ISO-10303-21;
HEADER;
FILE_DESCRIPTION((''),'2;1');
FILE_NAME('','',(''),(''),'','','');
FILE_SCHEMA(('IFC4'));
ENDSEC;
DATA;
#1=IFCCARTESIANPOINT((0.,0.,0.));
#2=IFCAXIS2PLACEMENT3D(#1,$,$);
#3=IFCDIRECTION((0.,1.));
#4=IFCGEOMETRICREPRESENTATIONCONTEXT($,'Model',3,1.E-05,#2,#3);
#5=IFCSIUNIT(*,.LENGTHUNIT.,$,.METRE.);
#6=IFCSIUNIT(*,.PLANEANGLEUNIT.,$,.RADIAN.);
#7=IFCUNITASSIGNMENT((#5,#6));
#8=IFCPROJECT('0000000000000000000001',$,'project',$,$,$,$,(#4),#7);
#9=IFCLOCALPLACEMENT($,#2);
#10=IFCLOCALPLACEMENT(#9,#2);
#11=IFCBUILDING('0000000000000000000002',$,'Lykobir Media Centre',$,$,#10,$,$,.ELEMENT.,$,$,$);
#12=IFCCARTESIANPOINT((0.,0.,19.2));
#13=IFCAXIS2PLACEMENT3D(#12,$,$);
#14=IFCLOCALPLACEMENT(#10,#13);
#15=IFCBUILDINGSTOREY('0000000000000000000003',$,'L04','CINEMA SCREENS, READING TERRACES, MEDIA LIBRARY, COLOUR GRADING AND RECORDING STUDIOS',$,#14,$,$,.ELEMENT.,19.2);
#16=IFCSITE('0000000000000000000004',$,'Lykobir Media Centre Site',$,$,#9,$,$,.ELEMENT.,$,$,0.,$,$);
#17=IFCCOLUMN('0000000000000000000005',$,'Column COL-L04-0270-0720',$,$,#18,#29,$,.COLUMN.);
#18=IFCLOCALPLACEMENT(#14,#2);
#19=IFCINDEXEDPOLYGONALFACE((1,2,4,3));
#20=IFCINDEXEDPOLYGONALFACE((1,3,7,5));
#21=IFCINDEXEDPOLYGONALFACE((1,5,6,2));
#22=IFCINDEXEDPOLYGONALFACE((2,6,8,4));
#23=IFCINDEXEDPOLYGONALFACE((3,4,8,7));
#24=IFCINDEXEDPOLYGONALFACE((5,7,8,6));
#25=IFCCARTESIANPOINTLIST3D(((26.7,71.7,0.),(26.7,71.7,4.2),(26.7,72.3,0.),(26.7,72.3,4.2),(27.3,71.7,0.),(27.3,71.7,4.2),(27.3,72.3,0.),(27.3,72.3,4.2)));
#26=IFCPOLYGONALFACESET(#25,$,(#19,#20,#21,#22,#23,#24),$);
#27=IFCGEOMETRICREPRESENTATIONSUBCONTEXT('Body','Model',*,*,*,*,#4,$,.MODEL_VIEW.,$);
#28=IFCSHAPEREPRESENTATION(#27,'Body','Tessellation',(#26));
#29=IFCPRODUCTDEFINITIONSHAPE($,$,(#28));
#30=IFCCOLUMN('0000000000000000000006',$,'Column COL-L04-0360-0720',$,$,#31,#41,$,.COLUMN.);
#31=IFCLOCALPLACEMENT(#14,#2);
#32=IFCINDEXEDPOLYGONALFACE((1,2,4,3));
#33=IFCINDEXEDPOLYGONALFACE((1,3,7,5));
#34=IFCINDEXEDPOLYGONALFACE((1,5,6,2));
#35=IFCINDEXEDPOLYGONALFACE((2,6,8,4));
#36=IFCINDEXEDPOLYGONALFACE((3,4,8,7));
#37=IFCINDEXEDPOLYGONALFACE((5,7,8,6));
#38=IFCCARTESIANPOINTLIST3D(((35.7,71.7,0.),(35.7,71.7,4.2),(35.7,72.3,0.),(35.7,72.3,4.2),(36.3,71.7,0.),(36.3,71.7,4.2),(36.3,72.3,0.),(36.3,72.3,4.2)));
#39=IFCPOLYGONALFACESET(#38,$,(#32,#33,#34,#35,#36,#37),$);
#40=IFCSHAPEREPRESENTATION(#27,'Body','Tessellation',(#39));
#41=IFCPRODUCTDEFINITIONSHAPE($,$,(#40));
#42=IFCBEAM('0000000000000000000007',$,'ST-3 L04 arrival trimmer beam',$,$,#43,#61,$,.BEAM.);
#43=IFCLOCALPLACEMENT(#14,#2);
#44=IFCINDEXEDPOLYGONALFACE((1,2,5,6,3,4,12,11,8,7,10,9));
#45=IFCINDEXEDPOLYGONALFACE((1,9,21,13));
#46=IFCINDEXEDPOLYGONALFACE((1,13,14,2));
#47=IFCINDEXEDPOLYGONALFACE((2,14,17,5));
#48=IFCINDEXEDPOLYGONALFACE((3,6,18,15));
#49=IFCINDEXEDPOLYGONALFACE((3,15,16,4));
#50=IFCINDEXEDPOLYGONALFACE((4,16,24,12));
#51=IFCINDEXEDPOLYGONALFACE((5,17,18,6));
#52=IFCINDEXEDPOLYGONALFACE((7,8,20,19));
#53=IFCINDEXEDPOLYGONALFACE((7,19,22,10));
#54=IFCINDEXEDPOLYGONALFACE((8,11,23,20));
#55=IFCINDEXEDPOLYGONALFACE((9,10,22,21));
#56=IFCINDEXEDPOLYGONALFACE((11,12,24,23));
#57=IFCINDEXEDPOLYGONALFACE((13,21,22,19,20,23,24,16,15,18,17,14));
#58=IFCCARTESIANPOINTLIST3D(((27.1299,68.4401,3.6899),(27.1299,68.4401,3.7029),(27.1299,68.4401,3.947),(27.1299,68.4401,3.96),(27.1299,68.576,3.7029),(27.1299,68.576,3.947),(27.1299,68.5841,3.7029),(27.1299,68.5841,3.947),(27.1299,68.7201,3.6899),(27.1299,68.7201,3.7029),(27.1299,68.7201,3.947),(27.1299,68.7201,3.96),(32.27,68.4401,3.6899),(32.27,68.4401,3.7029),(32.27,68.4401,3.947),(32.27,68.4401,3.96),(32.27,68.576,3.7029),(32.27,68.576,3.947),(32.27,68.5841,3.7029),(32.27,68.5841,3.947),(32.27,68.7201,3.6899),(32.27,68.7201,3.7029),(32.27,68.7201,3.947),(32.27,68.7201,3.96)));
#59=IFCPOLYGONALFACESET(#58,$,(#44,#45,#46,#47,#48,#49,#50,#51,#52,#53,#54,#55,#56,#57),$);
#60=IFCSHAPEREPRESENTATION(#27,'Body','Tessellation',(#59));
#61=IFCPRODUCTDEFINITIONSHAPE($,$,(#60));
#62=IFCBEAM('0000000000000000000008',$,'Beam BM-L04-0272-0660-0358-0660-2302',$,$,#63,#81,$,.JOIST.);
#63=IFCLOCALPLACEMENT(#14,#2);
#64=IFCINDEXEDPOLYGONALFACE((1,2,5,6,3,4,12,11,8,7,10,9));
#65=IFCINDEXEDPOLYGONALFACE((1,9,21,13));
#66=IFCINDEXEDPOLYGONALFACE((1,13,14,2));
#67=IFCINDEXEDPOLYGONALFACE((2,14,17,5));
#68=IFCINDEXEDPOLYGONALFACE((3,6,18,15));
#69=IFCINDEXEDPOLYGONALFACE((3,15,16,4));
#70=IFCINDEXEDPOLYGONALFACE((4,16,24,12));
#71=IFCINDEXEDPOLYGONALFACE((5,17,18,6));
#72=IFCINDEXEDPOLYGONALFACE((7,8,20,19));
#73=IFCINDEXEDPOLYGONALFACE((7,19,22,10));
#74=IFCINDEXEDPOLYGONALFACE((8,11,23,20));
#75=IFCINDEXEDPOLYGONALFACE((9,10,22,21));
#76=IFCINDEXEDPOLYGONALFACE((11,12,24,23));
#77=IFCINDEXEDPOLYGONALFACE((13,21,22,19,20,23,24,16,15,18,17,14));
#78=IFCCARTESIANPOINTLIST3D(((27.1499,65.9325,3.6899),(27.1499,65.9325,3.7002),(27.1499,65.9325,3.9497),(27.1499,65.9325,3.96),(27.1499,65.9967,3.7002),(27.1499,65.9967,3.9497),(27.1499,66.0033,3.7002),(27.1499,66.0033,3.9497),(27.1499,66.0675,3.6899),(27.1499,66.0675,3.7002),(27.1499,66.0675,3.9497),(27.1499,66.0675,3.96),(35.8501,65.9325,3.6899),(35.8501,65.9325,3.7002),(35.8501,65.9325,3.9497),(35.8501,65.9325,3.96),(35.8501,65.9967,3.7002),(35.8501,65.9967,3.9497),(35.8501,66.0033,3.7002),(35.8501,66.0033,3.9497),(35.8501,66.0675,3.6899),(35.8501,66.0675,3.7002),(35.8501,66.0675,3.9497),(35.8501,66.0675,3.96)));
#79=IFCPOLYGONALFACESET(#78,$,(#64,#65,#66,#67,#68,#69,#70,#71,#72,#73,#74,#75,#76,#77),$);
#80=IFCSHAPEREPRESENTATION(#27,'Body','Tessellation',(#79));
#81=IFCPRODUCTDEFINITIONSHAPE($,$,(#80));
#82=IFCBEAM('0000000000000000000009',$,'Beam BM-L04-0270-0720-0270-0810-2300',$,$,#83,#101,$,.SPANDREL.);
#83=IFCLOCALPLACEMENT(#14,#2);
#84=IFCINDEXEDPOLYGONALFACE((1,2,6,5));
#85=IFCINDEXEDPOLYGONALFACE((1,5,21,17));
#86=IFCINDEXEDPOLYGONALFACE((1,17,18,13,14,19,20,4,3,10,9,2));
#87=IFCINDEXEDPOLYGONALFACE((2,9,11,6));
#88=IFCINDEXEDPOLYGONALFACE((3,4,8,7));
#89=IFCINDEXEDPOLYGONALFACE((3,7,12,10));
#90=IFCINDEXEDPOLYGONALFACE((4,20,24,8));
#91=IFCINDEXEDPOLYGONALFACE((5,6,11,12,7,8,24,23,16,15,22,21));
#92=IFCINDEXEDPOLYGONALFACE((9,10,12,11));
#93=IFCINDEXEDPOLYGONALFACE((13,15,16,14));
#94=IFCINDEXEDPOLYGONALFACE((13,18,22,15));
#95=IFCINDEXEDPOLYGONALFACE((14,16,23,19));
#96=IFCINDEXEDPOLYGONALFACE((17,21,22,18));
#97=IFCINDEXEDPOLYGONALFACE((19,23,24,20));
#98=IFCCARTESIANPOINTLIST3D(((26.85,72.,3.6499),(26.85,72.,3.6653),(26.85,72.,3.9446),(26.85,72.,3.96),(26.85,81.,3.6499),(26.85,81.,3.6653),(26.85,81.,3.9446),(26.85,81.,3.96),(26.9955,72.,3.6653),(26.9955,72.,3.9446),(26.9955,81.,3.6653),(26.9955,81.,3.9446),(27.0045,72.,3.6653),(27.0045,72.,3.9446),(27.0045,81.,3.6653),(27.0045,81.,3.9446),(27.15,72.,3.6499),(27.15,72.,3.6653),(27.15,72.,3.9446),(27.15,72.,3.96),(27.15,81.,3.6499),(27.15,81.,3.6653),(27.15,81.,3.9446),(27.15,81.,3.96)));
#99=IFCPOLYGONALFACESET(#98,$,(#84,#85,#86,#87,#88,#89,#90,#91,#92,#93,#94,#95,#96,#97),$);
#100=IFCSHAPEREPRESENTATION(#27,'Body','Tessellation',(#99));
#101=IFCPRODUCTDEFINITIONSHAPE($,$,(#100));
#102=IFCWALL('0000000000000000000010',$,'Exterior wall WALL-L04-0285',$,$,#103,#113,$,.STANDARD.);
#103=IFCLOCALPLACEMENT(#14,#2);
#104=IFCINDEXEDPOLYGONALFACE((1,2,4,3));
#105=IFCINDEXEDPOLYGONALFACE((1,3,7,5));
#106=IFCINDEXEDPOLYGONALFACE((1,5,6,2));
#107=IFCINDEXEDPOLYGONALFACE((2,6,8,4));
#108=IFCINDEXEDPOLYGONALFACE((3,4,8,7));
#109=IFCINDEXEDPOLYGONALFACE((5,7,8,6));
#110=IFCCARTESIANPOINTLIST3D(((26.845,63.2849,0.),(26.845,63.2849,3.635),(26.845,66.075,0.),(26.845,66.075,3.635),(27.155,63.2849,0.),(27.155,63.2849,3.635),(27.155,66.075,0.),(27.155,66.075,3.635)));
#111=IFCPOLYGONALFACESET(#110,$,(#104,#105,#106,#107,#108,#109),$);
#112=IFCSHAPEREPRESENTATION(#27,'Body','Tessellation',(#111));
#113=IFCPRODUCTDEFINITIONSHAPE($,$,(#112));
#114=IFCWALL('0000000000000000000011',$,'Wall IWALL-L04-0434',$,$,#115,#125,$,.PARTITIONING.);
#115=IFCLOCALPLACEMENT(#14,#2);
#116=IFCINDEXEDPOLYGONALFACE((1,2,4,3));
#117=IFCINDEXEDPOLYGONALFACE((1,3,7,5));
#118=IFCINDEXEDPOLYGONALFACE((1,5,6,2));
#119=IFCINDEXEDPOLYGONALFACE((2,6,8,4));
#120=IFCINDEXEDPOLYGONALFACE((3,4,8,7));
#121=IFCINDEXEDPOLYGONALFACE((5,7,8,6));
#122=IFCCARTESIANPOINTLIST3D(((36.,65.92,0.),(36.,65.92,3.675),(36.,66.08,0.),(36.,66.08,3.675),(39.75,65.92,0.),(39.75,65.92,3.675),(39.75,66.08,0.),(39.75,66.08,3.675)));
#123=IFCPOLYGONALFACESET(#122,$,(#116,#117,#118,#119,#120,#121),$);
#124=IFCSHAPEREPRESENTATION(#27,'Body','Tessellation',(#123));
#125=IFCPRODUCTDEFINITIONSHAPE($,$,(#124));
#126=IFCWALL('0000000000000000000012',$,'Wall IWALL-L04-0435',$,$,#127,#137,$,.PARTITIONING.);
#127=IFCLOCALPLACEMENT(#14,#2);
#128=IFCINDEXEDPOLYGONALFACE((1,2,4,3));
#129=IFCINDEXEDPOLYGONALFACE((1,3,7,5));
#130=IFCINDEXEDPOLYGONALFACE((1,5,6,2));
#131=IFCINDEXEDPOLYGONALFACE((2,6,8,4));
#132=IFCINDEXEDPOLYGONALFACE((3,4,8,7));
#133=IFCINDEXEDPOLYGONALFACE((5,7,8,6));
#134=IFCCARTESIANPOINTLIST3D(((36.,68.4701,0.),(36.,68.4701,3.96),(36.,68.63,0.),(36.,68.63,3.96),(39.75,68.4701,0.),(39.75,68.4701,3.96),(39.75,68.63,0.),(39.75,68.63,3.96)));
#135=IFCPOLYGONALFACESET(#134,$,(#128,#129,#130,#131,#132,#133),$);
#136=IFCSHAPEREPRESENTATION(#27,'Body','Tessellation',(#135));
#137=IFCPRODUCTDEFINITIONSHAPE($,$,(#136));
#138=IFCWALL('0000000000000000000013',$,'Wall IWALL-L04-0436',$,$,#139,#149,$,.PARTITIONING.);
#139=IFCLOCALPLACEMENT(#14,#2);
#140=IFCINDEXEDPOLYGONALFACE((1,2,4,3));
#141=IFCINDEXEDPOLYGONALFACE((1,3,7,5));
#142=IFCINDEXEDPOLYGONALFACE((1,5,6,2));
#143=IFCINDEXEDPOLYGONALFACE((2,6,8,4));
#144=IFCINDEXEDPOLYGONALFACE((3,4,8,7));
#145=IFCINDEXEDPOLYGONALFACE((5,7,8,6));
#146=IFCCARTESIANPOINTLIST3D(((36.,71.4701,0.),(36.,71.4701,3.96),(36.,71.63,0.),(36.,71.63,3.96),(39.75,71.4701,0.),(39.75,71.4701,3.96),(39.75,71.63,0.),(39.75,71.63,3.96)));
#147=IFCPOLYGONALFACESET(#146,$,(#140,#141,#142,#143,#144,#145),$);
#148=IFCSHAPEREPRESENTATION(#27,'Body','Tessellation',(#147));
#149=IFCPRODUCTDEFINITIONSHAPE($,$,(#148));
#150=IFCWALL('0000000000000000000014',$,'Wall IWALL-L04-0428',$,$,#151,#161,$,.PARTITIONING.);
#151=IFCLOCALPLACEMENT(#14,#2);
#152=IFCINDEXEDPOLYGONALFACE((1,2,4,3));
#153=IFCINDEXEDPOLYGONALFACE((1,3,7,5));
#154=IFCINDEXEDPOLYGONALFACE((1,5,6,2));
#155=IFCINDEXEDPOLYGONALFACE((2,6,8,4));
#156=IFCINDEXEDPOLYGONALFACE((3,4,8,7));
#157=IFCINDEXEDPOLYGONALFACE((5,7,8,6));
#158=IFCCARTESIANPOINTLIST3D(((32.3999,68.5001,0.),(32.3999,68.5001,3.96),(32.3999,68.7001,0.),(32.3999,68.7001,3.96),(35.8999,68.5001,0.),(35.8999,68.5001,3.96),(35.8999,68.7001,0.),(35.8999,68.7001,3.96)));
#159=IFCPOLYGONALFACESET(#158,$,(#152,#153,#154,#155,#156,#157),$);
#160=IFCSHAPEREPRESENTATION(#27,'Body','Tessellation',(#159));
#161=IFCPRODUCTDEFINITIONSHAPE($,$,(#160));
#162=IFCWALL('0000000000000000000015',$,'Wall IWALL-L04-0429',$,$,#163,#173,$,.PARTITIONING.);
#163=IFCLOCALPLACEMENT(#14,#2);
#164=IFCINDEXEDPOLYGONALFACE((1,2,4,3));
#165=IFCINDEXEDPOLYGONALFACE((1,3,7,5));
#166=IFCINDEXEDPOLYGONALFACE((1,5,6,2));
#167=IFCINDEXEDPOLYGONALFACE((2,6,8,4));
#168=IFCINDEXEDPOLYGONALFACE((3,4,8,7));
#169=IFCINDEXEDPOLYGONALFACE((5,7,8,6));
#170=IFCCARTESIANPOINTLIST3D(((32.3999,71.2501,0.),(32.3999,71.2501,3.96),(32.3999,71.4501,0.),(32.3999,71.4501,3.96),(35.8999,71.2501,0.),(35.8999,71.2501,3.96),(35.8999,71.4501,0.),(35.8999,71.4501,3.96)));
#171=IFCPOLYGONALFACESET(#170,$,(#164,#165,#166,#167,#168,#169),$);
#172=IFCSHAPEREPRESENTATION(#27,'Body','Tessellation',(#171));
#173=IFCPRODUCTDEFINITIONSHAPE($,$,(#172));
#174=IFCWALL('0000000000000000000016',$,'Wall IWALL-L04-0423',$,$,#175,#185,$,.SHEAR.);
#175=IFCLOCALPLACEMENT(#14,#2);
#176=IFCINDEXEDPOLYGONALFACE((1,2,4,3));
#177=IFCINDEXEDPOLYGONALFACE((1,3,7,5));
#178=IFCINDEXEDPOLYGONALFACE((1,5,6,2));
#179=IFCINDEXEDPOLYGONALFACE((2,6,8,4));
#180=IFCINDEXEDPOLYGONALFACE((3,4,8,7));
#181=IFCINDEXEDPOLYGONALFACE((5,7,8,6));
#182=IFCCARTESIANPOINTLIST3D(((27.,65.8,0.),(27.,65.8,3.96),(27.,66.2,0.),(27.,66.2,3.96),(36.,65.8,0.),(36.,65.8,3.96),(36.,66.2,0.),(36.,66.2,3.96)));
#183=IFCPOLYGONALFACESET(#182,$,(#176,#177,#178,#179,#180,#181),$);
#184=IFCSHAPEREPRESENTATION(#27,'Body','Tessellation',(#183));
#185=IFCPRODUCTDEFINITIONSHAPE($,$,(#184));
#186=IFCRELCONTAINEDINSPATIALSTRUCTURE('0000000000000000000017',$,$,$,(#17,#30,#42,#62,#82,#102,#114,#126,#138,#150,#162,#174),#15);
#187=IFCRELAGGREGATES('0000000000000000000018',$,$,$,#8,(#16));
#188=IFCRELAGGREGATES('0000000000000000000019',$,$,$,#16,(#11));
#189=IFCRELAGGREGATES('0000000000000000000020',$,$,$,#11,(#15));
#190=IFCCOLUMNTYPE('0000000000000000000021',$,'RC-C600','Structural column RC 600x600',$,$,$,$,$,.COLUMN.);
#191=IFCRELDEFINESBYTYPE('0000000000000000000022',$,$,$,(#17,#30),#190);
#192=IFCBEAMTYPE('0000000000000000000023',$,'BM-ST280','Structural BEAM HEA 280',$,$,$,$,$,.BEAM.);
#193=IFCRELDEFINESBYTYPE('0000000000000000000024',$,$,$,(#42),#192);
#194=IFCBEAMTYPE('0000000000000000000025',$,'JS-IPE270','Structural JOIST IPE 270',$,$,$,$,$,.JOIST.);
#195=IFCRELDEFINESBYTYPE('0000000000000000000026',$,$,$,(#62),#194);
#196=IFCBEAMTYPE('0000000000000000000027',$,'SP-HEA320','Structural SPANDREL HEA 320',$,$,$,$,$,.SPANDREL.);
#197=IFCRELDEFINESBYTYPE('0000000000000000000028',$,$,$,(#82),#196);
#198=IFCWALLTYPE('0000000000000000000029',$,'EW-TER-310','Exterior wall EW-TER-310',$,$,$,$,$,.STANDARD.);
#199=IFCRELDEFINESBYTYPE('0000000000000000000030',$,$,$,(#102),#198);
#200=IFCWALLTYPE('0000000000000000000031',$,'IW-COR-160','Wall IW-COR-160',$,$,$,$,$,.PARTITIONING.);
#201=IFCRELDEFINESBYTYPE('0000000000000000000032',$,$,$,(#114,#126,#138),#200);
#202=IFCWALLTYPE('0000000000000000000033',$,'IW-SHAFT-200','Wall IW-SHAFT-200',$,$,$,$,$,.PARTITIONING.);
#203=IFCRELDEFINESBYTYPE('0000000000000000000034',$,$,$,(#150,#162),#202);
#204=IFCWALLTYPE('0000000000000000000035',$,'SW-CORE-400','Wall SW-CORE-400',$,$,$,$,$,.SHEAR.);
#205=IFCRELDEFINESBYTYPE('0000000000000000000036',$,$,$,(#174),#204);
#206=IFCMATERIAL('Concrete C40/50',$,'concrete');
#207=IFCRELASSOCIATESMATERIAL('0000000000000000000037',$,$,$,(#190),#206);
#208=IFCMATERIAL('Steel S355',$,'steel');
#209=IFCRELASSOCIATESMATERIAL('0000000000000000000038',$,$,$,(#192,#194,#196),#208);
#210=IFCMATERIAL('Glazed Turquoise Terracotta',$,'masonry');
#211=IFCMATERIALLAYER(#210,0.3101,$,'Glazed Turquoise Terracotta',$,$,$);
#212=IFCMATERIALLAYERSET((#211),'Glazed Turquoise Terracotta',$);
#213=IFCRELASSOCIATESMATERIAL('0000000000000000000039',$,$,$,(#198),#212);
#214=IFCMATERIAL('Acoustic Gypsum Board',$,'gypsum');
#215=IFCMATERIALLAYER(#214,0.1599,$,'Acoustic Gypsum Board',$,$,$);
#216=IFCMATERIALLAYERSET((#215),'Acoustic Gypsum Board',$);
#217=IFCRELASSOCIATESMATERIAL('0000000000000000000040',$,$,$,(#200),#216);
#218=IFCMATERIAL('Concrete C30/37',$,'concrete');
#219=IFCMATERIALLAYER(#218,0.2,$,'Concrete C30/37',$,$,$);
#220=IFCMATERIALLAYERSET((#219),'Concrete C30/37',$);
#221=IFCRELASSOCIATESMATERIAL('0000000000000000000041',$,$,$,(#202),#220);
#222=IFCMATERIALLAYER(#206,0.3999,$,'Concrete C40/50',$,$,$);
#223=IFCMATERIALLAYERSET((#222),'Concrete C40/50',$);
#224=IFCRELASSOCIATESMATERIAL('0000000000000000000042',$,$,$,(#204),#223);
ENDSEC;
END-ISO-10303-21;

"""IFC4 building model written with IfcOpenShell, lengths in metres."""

from ifc_helpers import new_model, si_unit, direction, frame, frame_2d, origin, origin_2d, place, context, subcontext, project, spatial, rectangle, i_section, extrude, material, layer, layer_set, material_profile, profile_set, type_object, element, save


model = new_model("IFC4")

# Units and contexts
model_context = context("Model", 3, precision=1e-05, world=origin(), true_north=direction((0.0, 1.0)))
body_context = subcontext(model_context, "Body", "Model", "MODEL_VIEW")
ifc_project = project(units=[si_unit("LENGTHUNIT", "METRE"), si_unit("PLANEANGLEUNIT", "RADIAN")], contexts=[model_context])

# Site, building, storey
site_placement = place(None, origin())
site = spatial("IfcSite", under=ifc_project, at=site_placement, Name="Lykobir Media Centre Site", CompositionType="ELEMENT", RefElevation=0.0)
building_placement = place(site_placement, origin())
building = spatial("IfcBuilding", under=site, at=building_placement, Name="Lykobir Media Centre", CompositionType="ELEMENT")
storey_placement = place(building_placement, frame((0.0, 0.0, 19.2)))
storey = spatial("IfcBuildingStorey", under=building, at=storey_placement, Name="L04", Description="CINEMA SCREENS, READING TERRACES, MEDIA LIBRARY, COLOUR GRADING AND RECORDING STUDIOS", CompositionType="ELEMENT", Elevation=19.2)

# Columns
ifc_material_1 = material(Name="Concrete C40/50", Category="concrete")
ifc_material_profile_1 = material_profile(ifc_material_1, rectangle(XDim=0.6001, YDim=0.6001, at=origin_2d()), Name="RC 600x600")
ifc_profile_set_1 = profile_set([ifc_material_profile_1], Name="Concrete C40/50")
column_type = type_object("IfcColumnType", Name="RC-C600", Description="Structural column RC 600x600", PredefinedType="COLUMN", material=ifc_profile_set_1)
for number, where, z_axis, x_axis, name in (
    (1, (27.0, 72.0, 0.0), (0.0, 0.0, 1.0), (1.0, 0.0, 0.0), "Column COL-L04-0270-0720"),
    (2, (36.0, 72.0, 0.0), (0.0, 0.0, 1.0), (1.0, 0.0, 0.0), "Column COL-L04-0360-0720"),
):
    element("IfcColumn", number, at=place(storey_placement, frame(where, z_axis=z_axis, x_axis=x_axis)), inside=storey, type_object=column_type, Name=name, PredefinedType="COLUMN", context=body_context, shape_type="SweptSolid", body=[
        extrude(rectangle(XDim=0.6001, YDim=0.6001, at=origin_2d()), origin(), (0.0, 0.0, 1.0), 4.2),
    ])

# Beams
ifc_material_2 = material(Name="Steel S355", Category="steel")
ifc_material_profile_2 = material_profile(ifc_material_2, i_section(OverallWidth=0.28, OverallDepth=0.27, WebThickness=0.0081, FlangeThickness=0.0129, at=origin_2d()), Name="HEA 280")
ifc_profile_set_2 = profile_set([ifc_material_profile_2], Name="Steel S355")
beam_type_1 = type_object("IfcBeamType", Name="BM-ST280", Description="Structural BEAM HEA 280", PredefinedType="BEAM", material=ifc_profile_set_2)
beam_1_placement = place(storey_placement, frame((27.1299, 68.5801, 3.825), z_axis=(1.0, 0.0, 0.0), x_axis=(0.0, 1.0, 0.0)))
element("IfcBeam", 3, at=beam_1_placement, inside=storey, type_object=beam_type_1, Name="ST-3 L04 arrival trimmer beam", PredefinedType="BEAM", context=body_context, shape_type="SweptSolid", body=[
    extrude(i_section(OverallWidth=0.28, OverallDepth=0.27, WebThickness=0.0081, FlangeThickness=0.0129, at=origin_2d()), origin(), (0.0, 0.0, 1.0), 5.1401),
])
ifc_material_profile_3 = material_profile(ifc_material_2, i_section(OverallWidth=0.135, OverallDepth=0.27, WebThickness=0.0066, FlangeThickness=0.0103, at=origin_2d()), Name="IPE 270")
ifc_profile_set_3 = profile_set([ifc_material_profile_3], Name="Steel S355")
beam_type_2 = type_object("IfcBeamType", Name="JS-IPE270", Description="Structural JOIST IPE 270", PredefinedType="JOIST", material=ifc_profile_set_3)
beam_2_placement = place(storey_placement, frame((27.1499, 66.0, 3.825), z_axis=(1.0, 0.0, 0.0), x_axis=(0.0, 1.0, 0.0)))
element("IfcBeam", 4, at=beam_2_placement, inside=storey, type_object=beam_type_2, Name="Beam BM-L04-0272-0660-0358-0660-2302", PredefinedType="JOIST", context=body_context, shape_type="SweptSolid", body=[
    extrude(i_section(OverallWidth=0.135, OverallDepth=0.27, WebThickness=0.0066, FlangeThickness=0.0103, at=origin_2d()), origin(), (0.0, 0.0, 1.0), 8.7002),
])
ifc_material_profile_4 = material_profile(ifc_material_2, i_section(OverallWidth=0.3, OverallDepth=0.3101, WebThickness=0.009, FlangeThickness=0.0154, at=origin_2d()), Name="HEA 320")
ifc_profile_set_4 = profile_set([ifc_material_profile_4], Name="Steel S355")
beam_type_3 = type_object("IfcBeamType", Name="SP-HEA320", Description="Structural SPANDREL HEA 320", PredefinedType="SPANDREL", material=ifc_profile_set_4)
beam_3_placement = place(storey_placement, frame((27.0, 72.0, 3.8049), z_axis=(0.0, 1.0, 0.0), x_axis=(-1.0, 0.0, 0.0)))
element("IfcBeam", 5, at=beam_3_placement, inside=storey, type_object=beam_type_3, Name="Beam BM-L04-0270-0720-0270-0810-2300", PredefinedType="SPANDREL", context=body_context, shape_type="SweptSolid", body=[
    extrude(i_section(OverallWidth=0.3, OverallDepth=0.3101, WebThickness=0.009, FlangeThickness=0.0154, at=origin_2d()), origin(), (0.0, 0.0, 1.0), 9.0),
])

# Walls
ifc_material_3 = material(Name="Glazed Turquoise Terracotta", Category="masonry")
ifc_layer_1 = layer(ifc_material_3, 0.3101, Name="Glazed Turquoise Terracotta")
ifc_layer_set_1 = layer_set([ifc_layer_1], Name="Glazed Turquoise Terracotta")
wall_type_1 = type_object("IfcWallType", Name="EW-TER-310", Description="Exterior wall EW-TER-310", PredefinedType="STANDARD", material=ifc_layer_set_1)
wall_1_placement = place(storey_placement, frame((27.0, 66.075, 0.0), z_axis=(0.0, 0.0, 1.0), x_axis=(0.0, -1.0, 0.0)))
element("IfcWall", 6, at=wall_1_placement, inside=storey, type_object=wall_type_1, Name="Exterior wall WALL-L04-0285", PredefinedType="STANDARD", context=body_context, shape_type="SweptSolid", body=[
    extrude(rectangle(XDim=2.79, YDim=0.3101, at=frame_2d((1.395, 0.0))), origin(), (0.0, 0.0, 1.0), 3.635),
])
ifc_material_4 = material(Name="Acoustic Gypsum Board", Category="gypsum")
ifc_layer_2 = layer(ifc_material_4, 0.1599, Name="Acoustic Gypsum Board")
ifc_layer_set_2 = layer_set([ifc_layer_2], Name="Acoustic Gypsum Board")
wall_type_2 = type_object("IfcWallType", Name="IW-COR-160", Description="Wall IW-COR-160", PredefinedType="PARTITIONING", material=ifc_layer_set_2)
wall_2_placement = place(storey_placement, frame((36.0, 66.0, 0.0), z_axis=(0.0, 0.0, 1.0), x_axis=(1.0, 0.0, 0.0)))
element("IfcWall", 7, at=wall_2_placement, inside=storey, type_object=wall_type_2, Name="Wall IWALL-L04-0434", PredefinedType="PARTITIONING", context=body_context, shape_type="SweptSolid", body=[
    extrude(rectangle(XDim=3.75, YDim=0.1599, at=frame_2d((1.875, 0.0))), origin(), (0.0, 0.0, 1.0), 3.675),
])
for number, where, z_axis, x_axis, name in (
    (8, (36.0, 68.55, 0.0), (0.0, 0.0, 1.0), (1.0, 0.0, 0.0), "Wall IWALL-L04-0435"),
    (9, (36.0, 71.55, 0.0), (0.0, 0.0, 1.0), (1.0, 0.0, 0.0), "Wall IWALL-L04-0436"),
):
    element("IfcWall", number, at=place(storey_placement, frame(where, z_axis=z_axis, x_axis=x_axis)), inside=storey, type_object=wall_type_2, Name=name, PredefinedType="PARTITIONING", context=body_context, shape_type="SweptSolid", body=[
        extrude(rectangle(XDim=3.75, YDim=0.1599, at=frame_2d((1.875, 0.0))), origin(), (0.0, 0.0, 1.0), 3.96),
    ])
ifc_material_5 = material(Name="Concrete C30/37", Category="concrete")
ifc_layer_3 = layer(ifc_material_5, 0.2, Name="Concrete C30/37")
ifc_layer_set_3 = layer_set([ifc_layer_3], Name="Concrete C30/37")
wall_type_3 = type_object("IfcWallType", Name="IW-SHAFT-200", Description="Wall IW-SHAFT-200", PredefinedType="PARTITIONING", material=ifc_layer_set_3)
for number, where, z_axis, x_axis, name in (
    (10, (32.3999, 68.6001, 0.0), (0.0, 0.0, 1.0), (1.0, 0.0, 0.0), "Wall IWALL-L04-0428"),
    (11, (32.3999, 71.3501, 0.0), (0.0, 0.0, 1.0), (1.0, 0.0, 0.0), "Wall IWALL-L04-0429"),
):
    element("IfcWall", number, at=place(storey_placement, frame(where, z_axis=z_axis, x_axis=x_axis)), inside=storey, type_object=wall_type_3, Name=name, PredefinedType="PARTITIONING", context=body_context, shape_type="SweptSolid", body=[
        extrude(rectangle(XDim=3.5, YDim=0.2, at=frame_2d((1.75, 0.0))), origin(), (0.0, 0.0, 1.0), 3.96),
    ])
ifc_layer_4 = layer(ifc_material_1, 0.3999, Name="Concrete C40/50")
ifc_layer_set_4 = layer_set([ifc_layer_4], Name="Concrete C40/50")
wall_type_4 = type_object("IfcWallType", Name="SW-CORE-400", Description="Wall SW-CORE-400", PredefinedType="SHEAR", material=ifc_layer_set_4)
wall_3_placement = place(storey_placement, frame((27.0, 66.0, 0.0), z_axis=(0.0, 0.0, 1.0), x_axis=(1.0, 0.0, 0.0)))
element("IfcWall", 12, at=wall_3_placement, inside=storey, type_object=wall_type_4, Name="Wall IWALL-L04-0423", PredefinedType="SHEAR", context=body_context, shape_type="SweptSolid", body=[
    extrude(rectangle(XDim=9.0, YDim=0.3999, at=frame_2d((4.5, 0.0))), origin(), (0.0, 0.0, 1.0), 3.96),
])

save(model, "model.ifc")
